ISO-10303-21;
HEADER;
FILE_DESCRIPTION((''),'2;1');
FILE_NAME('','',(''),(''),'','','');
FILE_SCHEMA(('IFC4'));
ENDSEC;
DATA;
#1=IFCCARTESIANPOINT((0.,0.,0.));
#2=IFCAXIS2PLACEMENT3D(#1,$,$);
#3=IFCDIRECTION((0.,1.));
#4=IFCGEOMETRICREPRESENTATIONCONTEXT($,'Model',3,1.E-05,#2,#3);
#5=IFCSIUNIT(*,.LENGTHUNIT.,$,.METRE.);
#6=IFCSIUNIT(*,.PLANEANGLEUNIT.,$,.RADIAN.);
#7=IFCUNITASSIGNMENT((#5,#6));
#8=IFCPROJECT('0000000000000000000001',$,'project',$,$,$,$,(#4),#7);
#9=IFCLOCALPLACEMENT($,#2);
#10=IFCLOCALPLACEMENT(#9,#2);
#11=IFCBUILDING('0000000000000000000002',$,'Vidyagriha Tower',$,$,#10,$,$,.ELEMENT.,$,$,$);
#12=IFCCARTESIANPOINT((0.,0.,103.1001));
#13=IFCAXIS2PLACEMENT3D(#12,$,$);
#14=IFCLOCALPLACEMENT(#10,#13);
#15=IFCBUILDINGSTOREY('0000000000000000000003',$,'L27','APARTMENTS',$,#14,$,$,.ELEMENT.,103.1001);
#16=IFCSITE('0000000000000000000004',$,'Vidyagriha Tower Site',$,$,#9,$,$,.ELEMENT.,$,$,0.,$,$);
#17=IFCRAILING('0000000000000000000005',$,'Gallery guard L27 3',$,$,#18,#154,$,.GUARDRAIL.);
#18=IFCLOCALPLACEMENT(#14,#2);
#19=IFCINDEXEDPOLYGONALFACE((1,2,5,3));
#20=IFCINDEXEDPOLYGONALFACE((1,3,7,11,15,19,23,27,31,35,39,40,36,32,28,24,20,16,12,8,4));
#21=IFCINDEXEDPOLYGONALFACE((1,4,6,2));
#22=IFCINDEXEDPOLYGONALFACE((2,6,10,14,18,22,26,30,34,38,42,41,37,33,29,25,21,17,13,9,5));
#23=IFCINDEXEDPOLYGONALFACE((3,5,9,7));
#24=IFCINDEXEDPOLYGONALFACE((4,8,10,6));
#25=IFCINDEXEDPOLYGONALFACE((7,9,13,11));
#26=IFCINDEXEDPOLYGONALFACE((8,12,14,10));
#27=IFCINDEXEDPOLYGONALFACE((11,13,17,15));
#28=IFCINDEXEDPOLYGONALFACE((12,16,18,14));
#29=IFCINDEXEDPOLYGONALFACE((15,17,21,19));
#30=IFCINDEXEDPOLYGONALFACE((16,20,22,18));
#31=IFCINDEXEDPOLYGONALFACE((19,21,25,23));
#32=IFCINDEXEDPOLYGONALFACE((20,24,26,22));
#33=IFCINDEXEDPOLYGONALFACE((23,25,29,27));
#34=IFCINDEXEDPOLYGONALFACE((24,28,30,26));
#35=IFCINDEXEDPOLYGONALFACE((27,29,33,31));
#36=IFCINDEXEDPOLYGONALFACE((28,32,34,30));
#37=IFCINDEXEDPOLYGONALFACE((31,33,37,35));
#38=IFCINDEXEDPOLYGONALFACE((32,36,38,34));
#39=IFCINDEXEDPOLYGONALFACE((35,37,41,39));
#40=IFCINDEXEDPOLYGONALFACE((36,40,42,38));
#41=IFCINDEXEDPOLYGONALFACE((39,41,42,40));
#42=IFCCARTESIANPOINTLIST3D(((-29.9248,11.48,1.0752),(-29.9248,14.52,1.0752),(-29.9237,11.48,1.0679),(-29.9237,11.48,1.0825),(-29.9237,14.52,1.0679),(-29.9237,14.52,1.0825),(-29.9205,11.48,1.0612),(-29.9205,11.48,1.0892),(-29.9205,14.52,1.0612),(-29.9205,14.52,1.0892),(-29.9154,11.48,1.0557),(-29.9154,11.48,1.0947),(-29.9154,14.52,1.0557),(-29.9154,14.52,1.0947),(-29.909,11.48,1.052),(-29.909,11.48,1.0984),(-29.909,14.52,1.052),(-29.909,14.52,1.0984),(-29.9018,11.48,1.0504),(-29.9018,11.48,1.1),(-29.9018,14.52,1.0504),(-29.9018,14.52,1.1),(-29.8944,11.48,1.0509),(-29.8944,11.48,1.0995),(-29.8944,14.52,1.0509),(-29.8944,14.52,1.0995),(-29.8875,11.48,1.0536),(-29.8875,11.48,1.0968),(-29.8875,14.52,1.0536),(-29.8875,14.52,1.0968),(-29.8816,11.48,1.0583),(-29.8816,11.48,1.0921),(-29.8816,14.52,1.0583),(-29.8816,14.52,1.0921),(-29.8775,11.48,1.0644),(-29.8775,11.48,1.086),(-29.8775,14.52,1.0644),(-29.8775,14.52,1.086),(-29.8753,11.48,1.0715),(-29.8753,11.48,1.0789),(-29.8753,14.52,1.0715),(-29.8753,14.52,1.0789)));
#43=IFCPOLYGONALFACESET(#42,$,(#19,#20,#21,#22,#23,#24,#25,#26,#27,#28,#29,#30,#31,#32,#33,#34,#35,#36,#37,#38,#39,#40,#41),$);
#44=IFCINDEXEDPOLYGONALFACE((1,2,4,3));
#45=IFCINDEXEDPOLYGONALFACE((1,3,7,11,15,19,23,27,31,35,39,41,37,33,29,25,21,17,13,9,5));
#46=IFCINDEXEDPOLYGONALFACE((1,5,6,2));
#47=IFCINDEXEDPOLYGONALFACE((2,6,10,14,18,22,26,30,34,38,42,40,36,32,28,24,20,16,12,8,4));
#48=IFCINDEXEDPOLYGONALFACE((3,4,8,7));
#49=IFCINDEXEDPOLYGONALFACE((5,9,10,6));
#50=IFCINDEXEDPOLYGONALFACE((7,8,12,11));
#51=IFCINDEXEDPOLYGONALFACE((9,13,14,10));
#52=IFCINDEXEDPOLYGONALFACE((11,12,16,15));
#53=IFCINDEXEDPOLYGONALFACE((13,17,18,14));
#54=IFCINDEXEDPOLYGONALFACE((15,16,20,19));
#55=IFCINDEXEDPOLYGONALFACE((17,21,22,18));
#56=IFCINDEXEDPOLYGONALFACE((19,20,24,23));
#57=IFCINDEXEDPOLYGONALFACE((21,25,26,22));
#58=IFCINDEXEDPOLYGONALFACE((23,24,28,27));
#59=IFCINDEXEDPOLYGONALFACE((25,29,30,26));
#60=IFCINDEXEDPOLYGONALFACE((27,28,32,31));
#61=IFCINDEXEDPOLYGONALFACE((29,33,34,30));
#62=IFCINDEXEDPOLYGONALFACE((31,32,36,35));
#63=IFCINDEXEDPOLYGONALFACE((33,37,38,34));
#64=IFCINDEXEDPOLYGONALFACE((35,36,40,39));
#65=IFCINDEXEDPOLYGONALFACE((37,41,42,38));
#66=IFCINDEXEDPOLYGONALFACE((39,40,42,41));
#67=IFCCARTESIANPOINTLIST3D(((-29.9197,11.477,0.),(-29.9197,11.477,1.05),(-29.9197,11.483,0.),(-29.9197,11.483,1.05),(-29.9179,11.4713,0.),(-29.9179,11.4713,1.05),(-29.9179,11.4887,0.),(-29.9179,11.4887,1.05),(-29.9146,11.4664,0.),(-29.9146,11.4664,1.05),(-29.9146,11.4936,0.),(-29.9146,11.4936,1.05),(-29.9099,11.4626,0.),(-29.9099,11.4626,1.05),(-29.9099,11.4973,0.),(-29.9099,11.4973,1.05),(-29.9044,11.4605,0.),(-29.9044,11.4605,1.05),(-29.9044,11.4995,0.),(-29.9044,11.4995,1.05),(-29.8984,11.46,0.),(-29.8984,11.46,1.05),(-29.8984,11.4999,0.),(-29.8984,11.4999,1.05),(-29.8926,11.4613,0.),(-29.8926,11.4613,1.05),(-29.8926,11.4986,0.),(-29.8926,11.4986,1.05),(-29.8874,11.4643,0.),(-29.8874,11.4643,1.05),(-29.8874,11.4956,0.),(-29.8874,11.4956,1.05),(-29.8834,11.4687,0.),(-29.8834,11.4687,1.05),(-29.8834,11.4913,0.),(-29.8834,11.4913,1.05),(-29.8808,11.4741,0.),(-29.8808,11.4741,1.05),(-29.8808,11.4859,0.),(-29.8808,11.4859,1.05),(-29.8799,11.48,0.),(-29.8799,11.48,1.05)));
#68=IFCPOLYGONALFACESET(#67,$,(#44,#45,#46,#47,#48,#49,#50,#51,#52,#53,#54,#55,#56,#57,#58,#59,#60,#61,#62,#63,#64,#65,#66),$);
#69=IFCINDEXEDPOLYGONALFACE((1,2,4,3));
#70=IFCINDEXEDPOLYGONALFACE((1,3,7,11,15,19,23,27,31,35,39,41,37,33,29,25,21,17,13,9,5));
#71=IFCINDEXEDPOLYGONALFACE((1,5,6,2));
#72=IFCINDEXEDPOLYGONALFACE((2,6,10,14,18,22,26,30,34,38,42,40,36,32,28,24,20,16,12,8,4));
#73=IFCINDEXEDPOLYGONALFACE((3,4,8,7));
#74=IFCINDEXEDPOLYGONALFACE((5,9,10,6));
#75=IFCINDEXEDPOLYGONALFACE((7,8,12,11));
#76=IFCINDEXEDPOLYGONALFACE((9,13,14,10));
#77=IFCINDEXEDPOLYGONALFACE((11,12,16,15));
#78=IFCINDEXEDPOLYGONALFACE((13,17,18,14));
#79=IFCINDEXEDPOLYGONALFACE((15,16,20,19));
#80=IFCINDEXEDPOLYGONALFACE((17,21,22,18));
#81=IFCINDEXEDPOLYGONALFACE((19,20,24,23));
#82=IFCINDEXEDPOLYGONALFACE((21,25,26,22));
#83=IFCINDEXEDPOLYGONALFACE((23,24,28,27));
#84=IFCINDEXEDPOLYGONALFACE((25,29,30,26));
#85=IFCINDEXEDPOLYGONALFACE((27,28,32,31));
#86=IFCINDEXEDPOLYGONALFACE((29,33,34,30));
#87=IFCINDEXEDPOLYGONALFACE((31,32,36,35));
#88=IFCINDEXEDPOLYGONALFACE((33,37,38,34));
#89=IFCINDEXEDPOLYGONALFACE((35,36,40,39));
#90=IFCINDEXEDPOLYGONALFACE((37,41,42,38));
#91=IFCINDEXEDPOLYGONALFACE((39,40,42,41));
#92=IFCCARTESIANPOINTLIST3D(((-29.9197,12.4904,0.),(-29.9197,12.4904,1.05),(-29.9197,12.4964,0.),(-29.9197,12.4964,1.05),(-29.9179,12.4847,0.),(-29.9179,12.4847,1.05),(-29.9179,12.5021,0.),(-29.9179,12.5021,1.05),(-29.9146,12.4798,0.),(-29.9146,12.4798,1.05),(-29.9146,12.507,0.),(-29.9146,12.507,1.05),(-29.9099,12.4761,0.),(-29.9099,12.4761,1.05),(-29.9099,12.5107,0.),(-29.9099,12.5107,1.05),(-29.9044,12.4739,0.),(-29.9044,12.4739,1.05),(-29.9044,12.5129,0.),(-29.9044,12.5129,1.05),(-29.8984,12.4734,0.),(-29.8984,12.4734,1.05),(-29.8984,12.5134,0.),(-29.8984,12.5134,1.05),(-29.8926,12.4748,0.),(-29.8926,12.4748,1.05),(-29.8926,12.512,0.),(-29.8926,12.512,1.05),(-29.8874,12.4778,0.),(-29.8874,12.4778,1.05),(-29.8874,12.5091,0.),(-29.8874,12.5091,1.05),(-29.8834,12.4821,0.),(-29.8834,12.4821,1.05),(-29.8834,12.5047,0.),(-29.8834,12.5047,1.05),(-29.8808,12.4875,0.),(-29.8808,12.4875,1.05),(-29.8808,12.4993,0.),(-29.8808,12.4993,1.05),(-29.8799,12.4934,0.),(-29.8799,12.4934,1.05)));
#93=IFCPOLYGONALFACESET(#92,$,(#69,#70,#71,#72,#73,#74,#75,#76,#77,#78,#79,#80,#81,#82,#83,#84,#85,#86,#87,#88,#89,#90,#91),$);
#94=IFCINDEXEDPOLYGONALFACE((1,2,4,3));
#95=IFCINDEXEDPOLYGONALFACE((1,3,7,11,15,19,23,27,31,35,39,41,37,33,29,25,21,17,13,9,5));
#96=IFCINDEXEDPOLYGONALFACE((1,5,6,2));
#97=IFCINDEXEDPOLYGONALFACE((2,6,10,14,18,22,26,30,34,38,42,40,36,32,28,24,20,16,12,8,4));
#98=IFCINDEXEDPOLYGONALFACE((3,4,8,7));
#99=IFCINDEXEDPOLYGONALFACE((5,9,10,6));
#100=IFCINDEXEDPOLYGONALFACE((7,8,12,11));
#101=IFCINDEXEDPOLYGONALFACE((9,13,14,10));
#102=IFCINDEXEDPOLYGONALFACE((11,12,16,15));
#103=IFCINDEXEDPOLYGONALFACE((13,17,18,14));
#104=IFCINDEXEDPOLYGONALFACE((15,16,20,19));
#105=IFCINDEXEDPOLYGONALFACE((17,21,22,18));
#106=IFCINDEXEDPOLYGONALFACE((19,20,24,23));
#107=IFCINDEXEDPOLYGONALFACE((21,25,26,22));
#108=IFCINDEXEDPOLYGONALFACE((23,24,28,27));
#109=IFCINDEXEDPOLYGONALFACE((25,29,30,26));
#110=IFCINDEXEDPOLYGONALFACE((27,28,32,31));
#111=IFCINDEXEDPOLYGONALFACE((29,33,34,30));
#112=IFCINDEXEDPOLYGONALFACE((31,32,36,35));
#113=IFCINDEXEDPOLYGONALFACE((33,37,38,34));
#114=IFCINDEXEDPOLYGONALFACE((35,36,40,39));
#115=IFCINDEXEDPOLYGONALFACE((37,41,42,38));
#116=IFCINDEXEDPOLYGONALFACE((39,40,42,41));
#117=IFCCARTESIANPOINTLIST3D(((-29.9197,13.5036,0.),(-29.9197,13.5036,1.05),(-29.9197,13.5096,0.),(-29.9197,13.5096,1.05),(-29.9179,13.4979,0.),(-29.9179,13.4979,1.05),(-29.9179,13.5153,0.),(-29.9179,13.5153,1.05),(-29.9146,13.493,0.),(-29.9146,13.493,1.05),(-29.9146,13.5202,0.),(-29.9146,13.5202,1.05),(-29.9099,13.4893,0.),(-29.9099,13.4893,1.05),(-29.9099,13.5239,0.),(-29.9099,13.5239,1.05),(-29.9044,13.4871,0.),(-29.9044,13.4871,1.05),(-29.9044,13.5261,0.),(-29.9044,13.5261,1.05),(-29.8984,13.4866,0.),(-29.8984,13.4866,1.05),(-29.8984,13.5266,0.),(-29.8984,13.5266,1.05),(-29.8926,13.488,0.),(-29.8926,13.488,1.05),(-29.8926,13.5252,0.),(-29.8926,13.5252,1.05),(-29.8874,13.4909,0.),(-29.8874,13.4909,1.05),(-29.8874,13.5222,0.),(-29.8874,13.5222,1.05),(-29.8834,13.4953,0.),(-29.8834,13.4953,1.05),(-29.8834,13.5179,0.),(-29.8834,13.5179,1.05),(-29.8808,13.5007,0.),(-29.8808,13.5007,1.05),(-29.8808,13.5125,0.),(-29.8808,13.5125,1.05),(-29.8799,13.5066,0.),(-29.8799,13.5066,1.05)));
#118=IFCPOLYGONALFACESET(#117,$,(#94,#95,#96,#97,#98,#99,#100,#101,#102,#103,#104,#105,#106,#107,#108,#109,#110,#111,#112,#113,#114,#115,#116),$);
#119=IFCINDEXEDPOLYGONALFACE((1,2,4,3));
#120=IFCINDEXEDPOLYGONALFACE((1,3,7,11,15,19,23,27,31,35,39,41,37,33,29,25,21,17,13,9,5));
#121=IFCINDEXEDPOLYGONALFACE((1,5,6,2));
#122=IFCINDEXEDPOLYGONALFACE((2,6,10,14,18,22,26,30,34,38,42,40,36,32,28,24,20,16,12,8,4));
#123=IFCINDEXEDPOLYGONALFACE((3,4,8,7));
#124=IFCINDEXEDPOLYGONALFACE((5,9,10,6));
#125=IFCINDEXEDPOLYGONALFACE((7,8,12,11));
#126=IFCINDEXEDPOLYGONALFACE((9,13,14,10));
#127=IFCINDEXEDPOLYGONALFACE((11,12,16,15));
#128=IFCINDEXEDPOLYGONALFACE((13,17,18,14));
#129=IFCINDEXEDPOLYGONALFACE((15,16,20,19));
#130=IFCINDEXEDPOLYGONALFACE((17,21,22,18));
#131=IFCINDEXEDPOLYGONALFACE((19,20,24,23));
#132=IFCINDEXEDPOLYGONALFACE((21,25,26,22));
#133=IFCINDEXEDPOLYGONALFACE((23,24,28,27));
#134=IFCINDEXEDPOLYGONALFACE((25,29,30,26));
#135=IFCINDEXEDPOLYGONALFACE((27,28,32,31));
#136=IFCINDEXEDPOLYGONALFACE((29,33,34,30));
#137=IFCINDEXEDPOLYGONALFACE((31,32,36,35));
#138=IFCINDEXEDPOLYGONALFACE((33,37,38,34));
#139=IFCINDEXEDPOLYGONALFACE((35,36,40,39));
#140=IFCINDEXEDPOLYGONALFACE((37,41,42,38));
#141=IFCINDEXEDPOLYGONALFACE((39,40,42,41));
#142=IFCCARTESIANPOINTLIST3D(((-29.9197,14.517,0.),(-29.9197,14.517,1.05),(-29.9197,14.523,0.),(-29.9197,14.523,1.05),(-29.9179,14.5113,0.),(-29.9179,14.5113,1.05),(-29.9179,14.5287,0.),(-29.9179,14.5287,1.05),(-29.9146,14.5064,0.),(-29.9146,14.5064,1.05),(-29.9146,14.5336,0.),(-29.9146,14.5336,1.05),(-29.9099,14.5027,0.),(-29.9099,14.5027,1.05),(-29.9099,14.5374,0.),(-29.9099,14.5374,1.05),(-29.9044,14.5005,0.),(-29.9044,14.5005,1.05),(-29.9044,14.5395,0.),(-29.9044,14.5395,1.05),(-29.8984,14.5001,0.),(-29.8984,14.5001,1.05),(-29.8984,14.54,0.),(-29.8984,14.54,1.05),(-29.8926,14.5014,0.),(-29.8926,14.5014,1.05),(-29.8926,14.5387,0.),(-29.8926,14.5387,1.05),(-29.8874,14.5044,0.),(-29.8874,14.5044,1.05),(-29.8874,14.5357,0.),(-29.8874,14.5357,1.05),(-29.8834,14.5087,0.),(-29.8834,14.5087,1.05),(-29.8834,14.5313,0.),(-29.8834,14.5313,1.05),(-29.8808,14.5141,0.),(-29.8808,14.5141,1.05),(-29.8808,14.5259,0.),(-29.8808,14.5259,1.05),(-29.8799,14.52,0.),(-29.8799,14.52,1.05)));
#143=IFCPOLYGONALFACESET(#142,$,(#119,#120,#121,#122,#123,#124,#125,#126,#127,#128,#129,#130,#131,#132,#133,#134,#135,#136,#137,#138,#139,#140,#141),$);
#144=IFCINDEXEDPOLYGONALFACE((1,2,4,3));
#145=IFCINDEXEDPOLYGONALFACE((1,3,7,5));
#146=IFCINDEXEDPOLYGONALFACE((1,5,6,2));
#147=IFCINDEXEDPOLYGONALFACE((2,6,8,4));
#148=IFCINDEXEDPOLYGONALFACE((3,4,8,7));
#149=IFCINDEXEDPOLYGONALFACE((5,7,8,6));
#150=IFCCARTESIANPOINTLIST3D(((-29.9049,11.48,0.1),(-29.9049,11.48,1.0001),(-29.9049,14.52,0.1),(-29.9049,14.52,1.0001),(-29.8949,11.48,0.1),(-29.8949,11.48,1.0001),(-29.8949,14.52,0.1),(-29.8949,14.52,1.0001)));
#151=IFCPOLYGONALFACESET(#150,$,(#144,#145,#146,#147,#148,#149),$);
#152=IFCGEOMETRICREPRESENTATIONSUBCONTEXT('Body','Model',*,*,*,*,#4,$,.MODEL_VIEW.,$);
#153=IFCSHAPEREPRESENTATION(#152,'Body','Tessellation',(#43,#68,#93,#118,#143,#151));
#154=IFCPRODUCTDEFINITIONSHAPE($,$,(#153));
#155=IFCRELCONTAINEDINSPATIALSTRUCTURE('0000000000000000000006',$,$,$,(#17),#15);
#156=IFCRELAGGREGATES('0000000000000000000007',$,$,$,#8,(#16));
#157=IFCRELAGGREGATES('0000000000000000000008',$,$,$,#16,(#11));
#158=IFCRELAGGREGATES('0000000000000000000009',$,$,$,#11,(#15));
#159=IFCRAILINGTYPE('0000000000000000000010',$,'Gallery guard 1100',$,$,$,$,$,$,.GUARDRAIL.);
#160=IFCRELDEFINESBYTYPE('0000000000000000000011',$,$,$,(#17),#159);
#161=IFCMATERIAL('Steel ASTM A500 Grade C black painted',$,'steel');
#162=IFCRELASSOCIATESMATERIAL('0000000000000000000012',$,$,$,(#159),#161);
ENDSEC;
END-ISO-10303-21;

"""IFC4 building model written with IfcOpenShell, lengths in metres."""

from ifc_helpers import new_model, si_unit, direction, frame, origin, origin_2d, place, context, subcontext, project, spatial, rectangle, circle, extrude, material, type_object, element, save


model = new_model("IFC4")

# Units and contexts
model_context = context("Model", 3, precision=1e-05, world=origin(), true_north=direction((0.0, 1.0)))
body_context = subcontext(model_context, "Body", "Model", "MODEL_VIEW")
ifc_project = project(units=[si_unit("LENGTHUNIT", "METRE"), si_unit("PLANEANGLEUNIT", "RADIAN")], contexts=[model_context])

# Site, building, storey
site_placement = place(None, origin())
site = spatial("IfcSite", under=ifc_project, at=site_placement, Name="Vidyagriha Tower Site", CompositionType="ELEMENT", RefElevation=0.0)
building_placement = place(site_placement, origin())
building = spatial("IfcBuilding", under=site, at=building_placement, Name="Vidyagriha Tower", CompositionType="ELEMENT")
storey_placement = place(building_placement, frame((0.0, 0.0, 103.1001)))
storey = spatial("IfcBuildingStorey", under=building, at=storey_placement, Name="L27", Description="APARTMENTS", CompositionType="ELEMENT", Elevation=103.1001)

# Railing
ifc_material_1 = material(Name="Steel ASTM A500 Grade C black painted", Category="steel")
railing_type_1 = type_object("IfcRailingType", Name="Gallery guard 1100", PredefinedType="GUARDRAIL", material=ifc_material_1)
railing_1_placement = place(storey_placement, frame((-29.8999, 11.48, 0.0)))
element("IfcRailing", 1, at=railing_1_placement, inside=storey, type_object=railing_type_1, Name="Gallery guard L27 3", PredefinedType="GUARDRAIL", context=body_context, shape_type="SweptSolid", body=[
    extrude(circle(Radius=0.0249, at=origin_2d()), frame((0.0, 0.0, 1.0752), z_axis=(0.0, 1.0, 0.0), x_axis=(-1.0, 0.0, 0.0)), (0.0, 0.0, 1.0), 3.04),
    extrude(circle(Radius=0.02, at=origin_2d()), origin(), (0.0, 0.0, 1.0), 1.05),
    extrude(circle(Radius=0.02, at=origin_2d()), frame((0.0, 1.0134, 0.0)), (0.0, 0.0, 1.0), 1.05),
    extrude(circle(Radius=0.02, at=origin_2d()), frame((0.0, 2.0266, 0.0)), (0.0, 0.0, 1.0), 1.05),
    extrude(circle(Radius=0.02, at=origin_2d()), frame((0.0, 3.04, 0.0)), (0.0, 0.0, 1.0), 1.05),
    extrude(rectangle(XDim=0.01, YDim=0.9001, at=origin_2d()), frame((0.0, 0.0, 0.55), z_axis=(0.0, 1.0, 0.0), x_axis=(-1.0, 0.0, 0.0)), (0.0, 0.0, 1.0), 3.04),
])

save(model, "model.ifc")
